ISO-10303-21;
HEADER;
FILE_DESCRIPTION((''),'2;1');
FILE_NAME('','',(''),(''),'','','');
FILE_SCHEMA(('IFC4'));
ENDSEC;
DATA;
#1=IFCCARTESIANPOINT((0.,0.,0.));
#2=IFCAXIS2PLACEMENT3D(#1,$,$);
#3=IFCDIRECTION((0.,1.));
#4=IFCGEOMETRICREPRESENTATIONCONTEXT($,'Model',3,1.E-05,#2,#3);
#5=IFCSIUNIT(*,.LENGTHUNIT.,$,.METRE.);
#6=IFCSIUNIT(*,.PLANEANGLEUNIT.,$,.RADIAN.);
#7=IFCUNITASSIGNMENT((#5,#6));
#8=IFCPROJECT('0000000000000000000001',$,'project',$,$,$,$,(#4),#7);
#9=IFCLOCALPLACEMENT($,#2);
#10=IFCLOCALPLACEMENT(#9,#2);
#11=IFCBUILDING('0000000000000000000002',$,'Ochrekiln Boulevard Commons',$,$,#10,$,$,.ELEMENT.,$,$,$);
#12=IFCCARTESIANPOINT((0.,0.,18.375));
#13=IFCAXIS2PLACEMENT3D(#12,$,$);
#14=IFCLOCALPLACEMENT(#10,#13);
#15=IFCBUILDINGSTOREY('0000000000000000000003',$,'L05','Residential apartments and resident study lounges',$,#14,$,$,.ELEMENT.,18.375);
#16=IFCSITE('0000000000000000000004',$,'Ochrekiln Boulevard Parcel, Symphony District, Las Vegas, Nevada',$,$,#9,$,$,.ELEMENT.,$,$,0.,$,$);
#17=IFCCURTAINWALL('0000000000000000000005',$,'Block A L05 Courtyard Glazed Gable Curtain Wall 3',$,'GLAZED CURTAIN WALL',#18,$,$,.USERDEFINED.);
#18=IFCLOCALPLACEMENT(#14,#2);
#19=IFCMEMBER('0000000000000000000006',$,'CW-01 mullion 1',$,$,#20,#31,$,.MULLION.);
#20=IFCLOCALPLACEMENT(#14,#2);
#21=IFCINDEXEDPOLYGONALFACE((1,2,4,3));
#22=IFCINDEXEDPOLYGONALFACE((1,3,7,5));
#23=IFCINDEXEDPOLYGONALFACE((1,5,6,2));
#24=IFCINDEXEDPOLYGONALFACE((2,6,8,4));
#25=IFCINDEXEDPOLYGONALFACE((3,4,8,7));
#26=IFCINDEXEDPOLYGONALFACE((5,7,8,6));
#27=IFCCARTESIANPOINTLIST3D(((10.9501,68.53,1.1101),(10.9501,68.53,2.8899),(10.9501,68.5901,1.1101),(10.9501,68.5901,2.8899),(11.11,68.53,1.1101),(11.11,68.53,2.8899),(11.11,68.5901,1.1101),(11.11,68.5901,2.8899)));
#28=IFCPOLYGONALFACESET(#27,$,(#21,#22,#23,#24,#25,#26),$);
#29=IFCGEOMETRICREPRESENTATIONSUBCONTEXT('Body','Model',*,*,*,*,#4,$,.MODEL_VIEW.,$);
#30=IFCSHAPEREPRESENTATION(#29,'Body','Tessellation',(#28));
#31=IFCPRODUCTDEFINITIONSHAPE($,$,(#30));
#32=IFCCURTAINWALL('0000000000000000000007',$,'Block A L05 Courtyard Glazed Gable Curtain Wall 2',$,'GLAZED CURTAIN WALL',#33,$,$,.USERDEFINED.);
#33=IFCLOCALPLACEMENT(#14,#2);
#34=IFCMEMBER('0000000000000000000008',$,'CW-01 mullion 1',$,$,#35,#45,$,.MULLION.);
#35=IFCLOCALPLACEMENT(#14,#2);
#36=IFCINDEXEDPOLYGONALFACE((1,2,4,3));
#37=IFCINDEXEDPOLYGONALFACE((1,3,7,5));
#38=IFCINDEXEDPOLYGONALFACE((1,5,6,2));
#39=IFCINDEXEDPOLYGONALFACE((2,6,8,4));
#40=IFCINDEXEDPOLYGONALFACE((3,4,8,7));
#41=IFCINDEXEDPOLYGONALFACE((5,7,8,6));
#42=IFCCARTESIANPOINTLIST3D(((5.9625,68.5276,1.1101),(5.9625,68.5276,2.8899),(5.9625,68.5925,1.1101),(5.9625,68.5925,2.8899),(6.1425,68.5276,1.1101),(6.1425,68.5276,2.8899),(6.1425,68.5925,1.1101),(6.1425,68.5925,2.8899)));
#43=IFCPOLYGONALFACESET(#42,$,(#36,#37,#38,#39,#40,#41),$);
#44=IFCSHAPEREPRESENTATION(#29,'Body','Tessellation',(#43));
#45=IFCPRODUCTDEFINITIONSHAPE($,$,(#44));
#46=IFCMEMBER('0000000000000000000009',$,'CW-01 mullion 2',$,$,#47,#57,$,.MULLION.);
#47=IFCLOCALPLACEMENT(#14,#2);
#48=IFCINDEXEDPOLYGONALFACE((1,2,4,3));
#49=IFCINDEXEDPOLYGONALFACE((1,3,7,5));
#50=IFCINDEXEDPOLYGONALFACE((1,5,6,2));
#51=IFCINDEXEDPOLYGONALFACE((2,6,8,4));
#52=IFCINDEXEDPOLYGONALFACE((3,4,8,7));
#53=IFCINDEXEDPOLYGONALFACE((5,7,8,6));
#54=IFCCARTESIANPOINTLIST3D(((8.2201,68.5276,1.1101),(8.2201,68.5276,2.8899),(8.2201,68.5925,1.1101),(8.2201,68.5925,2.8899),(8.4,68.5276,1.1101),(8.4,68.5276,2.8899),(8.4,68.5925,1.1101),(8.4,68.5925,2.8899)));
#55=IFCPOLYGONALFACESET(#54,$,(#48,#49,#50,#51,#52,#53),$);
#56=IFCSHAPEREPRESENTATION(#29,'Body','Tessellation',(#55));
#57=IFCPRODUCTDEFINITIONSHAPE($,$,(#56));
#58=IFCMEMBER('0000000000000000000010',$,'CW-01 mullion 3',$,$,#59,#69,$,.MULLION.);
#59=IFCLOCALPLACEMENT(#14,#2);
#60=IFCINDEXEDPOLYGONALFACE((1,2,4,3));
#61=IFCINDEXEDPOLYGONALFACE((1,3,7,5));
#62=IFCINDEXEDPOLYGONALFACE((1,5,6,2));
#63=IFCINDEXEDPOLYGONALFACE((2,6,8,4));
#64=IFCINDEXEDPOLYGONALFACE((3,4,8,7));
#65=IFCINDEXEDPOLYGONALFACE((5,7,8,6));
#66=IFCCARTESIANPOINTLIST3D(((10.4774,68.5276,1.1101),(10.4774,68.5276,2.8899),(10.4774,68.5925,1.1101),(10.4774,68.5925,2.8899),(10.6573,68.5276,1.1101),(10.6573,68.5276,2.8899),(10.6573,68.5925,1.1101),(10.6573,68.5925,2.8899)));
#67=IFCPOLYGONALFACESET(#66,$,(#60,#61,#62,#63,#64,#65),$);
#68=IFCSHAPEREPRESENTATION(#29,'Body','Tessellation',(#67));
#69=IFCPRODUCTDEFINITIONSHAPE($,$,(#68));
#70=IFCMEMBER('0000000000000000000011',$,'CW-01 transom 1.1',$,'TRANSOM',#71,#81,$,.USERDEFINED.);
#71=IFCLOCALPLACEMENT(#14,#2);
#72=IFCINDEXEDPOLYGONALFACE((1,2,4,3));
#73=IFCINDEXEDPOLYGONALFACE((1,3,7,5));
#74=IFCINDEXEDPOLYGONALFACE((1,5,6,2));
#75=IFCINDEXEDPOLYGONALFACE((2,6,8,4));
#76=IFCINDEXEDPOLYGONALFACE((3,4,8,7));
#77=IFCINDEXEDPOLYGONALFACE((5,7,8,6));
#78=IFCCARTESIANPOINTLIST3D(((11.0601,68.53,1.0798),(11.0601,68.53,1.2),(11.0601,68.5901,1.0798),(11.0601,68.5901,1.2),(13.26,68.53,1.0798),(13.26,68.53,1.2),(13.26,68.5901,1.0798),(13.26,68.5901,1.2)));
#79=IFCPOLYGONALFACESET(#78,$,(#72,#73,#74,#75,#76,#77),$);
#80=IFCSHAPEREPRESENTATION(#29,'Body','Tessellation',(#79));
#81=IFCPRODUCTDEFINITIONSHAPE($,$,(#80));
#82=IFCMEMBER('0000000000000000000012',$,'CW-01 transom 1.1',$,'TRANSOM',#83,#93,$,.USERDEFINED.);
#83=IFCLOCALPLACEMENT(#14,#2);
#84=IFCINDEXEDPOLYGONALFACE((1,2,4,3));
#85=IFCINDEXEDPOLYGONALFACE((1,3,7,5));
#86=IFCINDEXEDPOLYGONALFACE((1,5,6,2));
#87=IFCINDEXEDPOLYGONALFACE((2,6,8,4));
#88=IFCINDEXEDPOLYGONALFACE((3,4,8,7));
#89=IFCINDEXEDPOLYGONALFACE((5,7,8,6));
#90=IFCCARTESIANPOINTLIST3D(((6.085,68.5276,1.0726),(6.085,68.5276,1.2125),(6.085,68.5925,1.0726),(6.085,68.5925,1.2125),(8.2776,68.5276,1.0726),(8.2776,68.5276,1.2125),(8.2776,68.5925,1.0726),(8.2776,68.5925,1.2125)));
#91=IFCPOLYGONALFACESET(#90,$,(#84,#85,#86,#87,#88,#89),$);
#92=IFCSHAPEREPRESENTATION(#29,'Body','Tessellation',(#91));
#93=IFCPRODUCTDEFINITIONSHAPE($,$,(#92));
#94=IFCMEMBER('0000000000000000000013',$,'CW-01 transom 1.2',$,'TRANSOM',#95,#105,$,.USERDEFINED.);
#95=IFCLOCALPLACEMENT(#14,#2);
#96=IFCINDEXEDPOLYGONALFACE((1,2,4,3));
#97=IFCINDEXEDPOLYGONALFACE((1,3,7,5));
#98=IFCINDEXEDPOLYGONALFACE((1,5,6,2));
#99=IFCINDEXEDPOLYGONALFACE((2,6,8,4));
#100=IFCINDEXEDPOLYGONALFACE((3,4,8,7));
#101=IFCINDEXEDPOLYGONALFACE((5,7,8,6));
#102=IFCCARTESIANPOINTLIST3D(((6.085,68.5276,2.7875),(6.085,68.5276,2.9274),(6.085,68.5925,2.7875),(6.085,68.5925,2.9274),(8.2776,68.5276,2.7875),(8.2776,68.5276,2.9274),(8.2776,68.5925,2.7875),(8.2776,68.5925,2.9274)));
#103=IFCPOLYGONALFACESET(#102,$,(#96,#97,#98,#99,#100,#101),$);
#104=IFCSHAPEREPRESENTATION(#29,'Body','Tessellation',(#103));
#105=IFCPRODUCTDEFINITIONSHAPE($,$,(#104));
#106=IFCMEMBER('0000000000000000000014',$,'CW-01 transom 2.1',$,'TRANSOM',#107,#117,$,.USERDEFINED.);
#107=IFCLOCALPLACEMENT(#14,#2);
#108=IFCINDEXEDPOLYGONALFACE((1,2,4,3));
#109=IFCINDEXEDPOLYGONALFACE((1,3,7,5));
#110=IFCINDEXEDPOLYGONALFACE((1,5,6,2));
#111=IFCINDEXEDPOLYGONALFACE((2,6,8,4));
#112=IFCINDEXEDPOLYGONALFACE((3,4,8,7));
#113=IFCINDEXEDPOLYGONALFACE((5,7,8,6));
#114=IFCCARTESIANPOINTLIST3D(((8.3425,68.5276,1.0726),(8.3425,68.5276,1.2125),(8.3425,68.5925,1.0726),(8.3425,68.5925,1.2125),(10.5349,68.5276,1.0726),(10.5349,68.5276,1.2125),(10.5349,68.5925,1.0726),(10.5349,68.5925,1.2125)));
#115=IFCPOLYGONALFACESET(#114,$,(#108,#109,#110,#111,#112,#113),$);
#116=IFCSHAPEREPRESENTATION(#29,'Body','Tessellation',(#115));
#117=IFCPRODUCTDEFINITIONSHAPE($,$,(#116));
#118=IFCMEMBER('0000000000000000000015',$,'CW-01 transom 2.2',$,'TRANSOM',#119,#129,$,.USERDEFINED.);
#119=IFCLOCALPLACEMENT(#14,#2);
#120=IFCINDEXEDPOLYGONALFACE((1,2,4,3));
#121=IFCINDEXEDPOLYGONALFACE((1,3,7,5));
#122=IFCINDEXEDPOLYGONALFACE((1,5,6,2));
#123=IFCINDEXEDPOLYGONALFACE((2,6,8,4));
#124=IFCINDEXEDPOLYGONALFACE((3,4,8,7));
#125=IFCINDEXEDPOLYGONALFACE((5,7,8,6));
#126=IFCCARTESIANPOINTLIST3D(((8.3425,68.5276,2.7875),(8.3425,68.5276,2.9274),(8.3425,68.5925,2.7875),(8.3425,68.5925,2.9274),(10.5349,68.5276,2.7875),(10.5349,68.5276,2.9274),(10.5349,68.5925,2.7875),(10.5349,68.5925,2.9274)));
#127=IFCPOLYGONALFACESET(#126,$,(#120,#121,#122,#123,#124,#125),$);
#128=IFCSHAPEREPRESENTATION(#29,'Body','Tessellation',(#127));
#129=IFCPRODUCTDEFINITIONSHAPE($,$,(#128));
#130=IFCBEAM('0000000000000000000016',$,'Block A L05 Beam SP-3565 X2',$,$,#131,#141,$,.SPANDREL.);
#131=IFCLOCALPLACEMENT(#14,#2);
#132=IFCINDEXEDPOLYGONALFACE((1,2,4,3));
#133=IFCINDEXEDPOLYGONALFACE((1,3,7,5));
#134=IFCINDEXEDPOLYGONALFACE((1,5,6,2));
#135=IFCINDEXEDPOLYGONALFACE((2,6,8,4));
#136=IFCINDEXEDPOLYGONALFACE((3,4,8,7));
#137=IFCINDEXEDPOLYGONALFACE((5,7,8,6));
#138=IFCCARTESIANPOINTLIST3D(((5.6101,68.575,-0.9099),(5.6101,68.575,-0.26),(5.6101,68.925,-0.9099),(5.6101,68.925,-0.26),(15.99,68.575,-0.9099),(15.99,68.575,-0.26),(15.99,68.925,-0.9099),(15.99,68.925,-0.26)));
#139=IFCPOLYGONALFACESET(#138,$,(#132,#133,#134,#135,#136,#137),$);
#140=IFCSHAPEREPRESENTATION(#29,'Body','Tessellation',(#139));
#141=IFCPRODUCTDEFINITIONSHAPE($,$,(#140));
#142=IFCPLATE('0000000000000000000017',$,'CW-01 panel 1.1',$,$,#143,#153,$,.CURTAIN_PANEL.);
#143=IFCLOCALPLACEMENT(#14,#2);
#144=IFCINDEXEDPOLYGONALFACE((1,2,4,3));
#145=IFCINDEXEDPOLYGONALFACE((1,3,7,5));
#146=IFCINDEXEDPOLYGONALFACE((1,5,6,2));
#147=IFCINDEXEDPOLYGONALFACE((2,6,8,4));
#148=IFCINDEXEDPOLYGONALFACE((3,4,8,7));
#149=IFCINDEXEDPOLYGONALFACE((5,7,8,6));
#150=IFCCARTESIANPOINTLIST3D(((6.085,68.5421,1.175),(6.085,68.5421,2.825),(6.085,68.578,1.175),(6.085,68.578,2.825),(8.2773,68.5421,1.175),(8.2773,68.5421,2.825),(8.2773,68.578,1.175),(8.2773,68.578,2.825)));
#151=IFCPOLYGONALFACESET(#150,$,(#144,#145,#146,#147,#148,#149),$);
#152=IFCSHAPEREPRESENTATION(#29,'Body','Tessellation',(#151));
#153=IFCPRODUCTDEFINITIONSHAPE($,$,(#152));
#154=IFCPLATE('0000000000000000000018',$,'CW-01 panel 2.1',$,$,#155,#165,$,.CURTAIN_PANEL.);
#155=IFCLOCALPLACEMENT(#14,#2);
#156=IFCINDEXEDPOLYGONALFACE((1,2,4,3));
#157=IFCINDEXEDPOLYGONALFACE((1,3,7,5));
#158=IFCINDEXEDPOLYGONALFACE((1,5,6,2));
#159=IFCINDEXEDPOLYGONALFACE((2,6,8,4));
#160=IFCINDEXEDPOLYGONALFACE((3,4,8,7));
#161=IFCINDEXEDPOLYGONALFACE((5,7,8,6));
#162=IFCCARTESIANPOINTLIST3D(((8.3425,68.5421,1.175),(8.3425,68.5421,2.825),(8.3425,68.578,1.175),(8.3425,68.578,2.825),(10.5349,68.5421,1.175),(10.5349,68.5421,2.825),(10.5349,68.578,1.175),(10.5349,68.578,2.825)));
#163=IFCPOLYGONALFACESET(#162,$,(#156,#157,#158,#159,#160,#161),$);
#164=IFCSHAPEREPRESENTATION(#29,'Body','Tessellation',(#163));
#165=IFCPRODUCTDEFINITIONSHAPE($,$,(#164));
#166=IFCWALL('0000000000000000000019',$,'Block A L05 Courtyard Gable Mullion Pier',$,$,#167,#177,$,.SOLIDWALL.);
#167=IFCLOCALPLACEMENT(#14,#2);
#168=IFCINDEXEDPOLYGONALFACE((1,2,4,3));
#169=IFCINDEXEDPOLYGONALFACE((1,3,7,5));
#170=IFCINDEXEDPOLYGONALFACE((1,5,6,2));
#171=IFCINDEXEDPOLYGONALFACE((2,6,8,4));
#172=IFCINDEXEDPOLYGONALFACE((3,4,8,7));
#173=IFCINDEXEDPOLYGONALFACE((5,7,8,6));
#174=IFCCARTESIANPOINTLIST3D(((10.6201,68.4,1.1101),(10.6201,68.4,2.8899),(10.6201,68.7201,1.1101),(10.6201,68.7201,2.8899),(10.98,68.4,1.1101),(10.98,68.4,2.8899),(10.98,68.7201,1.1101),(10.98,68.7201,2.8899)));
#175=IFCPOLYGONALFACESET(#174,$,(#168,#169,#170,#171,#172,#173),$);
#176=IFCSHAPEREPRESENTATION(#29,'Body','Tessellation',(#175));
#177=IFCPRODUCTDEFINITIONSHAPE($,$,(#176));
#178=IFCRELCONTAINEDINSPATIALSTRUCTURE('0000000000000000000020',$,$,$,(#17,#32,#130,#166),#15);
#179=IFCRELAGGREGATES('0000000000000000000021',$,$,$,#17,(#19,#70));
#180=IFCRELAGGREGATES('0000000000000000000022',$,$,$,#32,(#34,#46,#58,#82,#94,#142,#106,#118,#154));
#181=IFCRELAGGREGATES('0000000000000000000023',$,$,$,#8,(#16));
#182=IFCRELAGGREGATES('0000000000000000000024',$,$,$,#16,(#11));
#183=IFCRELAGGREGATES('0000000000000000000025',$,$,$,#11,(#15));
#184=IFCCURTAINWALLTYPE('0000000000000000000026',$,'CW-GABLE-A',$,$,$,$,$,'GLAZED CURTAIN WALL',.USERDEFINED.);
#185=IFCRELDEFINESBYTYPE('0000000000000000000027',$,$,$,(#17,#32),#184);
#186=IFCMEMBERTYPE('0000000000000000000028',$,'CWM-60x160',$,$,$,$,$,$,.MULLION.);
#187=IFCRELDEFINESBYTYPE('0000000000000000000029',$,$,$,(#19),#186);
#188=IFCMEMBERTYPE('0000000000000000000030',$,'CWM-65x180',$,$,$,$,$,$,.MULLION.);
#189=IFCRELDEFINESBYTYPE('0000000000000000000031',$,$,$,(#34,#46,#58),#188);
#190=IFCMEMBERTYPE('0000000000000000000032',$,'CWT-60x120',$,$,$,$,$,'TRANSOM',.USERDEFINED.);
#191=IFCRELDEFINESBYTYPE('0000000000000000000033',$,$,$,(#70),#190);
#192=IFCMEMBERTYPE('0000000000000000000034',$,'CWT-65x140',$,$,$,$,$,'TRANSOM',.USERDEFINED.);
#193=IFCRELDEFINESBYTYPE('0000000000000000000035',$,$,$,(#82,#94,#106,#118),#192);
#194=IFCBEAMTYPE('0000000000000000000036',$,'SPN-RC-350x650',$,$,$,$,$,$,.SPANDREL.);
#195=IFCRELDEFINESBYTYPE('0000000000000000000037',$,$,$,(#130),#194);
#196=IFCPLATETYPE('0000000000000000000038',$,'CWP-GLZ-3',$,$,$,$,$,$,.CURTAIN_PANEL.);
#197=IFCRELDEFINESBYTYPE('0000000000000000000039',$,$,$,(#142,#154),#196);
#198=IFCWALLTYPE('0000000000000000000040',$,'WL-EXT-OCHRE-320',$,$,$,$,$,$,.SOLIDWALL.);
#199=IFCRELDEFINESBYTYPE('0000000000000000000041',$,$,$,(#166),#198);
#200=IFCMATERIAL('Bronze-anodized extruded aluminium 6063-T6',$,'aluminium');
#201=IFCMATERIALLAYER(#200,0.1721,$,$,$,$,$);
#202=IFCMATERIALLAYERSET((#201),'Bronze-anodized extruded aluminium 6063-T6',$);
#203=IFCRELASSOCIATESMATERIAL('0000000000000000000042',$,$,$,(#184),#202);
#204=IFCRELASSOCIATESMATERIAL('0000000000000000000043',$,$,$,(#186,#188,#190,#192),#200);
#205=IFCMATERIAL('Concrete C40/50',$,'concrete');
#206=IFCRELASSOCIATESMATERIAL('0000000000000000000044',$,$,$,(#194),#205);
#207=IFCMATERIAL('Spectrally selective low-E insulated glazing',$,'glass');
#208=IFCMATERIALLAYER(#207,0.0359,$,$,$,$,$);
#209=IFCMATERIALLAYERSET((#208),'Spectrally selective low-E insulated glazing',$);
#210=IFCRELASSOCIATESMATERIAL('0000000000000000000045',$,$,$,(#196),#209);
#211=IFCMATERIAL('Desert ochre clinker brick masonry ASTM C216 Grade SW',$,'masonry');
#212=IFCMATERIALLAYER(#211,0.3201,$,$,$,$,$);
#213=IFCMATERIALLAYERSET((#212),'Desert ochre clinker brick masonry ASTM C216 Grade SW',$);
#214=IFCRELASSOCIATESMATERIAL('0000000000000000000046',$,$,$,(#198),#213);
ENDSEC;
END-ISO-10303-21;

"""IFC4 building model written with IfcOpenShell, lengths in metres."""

from ifc_helpers import new_model, si_unit, direction, frame, frame_2d, origin, origin_2d, place, context, subcontext, project, spatial, rectangle, extrude, material, layer, layer_set, material_profile, profile_set, type_object, element, aggregate, save


model = new_model("IFC4")

# Units and contexts
model_context = context("Model", 3, precision=1e-05, world=origin(), true_north=direction((0.0, 1.0)))
body_context = subcontext(model_context, "Body", "Model", "MODEL_VIEW")
ifc_project = project(units=[si_unit("LENGTHUNIT", "METRE"), si_unit("PLANEANGLEUNIT", "RADIAN")], contexts=[model_context])

# Site, building, storey
site_placement = place(None, origin())
site = spatial("IfcSite", under=ifc_project, at=site_placement, Name="Ochrekiln Boulevard Parcel, Symphony District, Las Vegas, Nevada", CompositionType="ELEMENT", RefElevation=0.0)
building_placement = place(site_placement, origin())
building = spatial("IfcBuilding", under=site, at=building_placement, Name="Ochrekiln Boulevard Commons", CompositionType="ELEMENT")
storey_placement = place(building_placement, frame((0.0, 0.0, 18.375)))
storey = spatial("IfcBuildingStorey", under=building, at=storey_placement, Name="L05", Description="Residential apartments and resident study lounges", CompositionType="ELEMENT", Elevation=18.375)

# Curtain wall, member
ifc_material_1 = material(Name="Bronze-anodized extruded aluminium 6063-T6", Category="aluminium")
ifc_layer_1 = layer(ifc_material_1, 0.1721)
ifc_layer_set_1 = layer_set([ifc_layer_1], Name="Bronze-anodized extruded aluminium 6063-T6")
curtain_wall_type = type_object("IfcCurtainWallType", Name="CW-GABLE-A", ElementType="GLAZED CURTAIN WALL", PredefinedType="USERDEFINED", material=ifc_layer_set_1)
curtain_wall_1_placement = place(storey_placement, origin())
curtain_wall_1 = element("IfcCurtainWall", 1, at=curtain_wall_1_placement, inside=storey, type_object=curtain_wall_type, Name="Block A L05 Courtyard Glazed Gable Curtain Wall 3", ObjectType="GLAZED CURTAIN WALL", PredefinedType="USERDEFINED")
ifc_material_profile_1 = material_profile(ifc_material_1, rectangle(XDim=0.0601, YDim=0.1599, at=origin_2d()), Name="ALU-MUL-60x160")
ifc_profile_set_1 = profile_set([ifc_material_profile_1], Name="Bronze-anodized extruded aluminium 6063-T6")
member_type_1 = type_object("IfcMemberType", Name="CWM-60x160", PredefinedType="MULLION", material=ifc_profile_set_1)
member_1_placement = place(storey_placement, frame((11.03, 68.5601, 1.1101), z_axis=(0.0, 0.0, 1.0), x_axis=(0.0, 1.0, 0.0)))
member_1 = element("IfcMember", 2, at=member_1_placement, type_object=member_type_1, Name="CW-01 mullion 1", PredefinedType="MULLION", context=body_context, shape_type="SweptSolid", body=[
    extrude(rectangle(XDim=0.0601, YDim=0.1599, at=origin_2d()), origin(), (0.0, 0.0, 1.0), 1.7798),
])

# Curtain wall, members
curtain_wall_2_placement = place(storey_placement, origin())
curtain_wall_2 = element("IfcCurtainWall", 3, at=curtain_wall_2_placement, inside=storey, type_object=curtain_wall_type, Name="Block A L05 Courtyard Glazed Gable Curtain Wall 2", ObjectType="GLAZED CURTAIN WALL", PredefinedType="USERDEFINED")
ifc_material_profile_2 = material_profile(ifc_material_1, rectangle(XDim=0.0649, YDim=0.1799, at=origin_2d()), Name="ALU-MUL-65x180")
ifc_profile_set_2 = profile_set([ifc_material_profile_2], Name="Bronze-anodized extruded aluminium 6063-T6")
member_type_2 = type_object("IfcMemberType", Name="CWM-65x180", PredefinedType="MULLION", material=ifc_profile_set_2)
member_2_placement = place(storey_placement, frame((6.0525, 68.5601, 1.1101), z_axis=(0.0, 0.0, 1.0), x_axis=(0.0, 1.0, 0.0)))
member_2 = element("IfcMember", 4, at=member_2_placement, type_object=member_type_2, Name="CW-01 mullion 1", PredefinedType="MULLION", context=body_context, shape_type="SweptSolid", body=[
    extrude(rectangle(XDim=0.0649, YDim=0.1799, at=origin_2d()), origin(), (0.0, 0.0, 1.0), 1.7798),
])
member_3_placement = place(storey_placement, frame((8.3101, 68.5601, 1.1101), z_axis=(0.0, 0.0, 1.0), x_axis=(0.0, 1.0, 0.0)))
member_3 = element("IfcMember", 5, at=member_3_placement, type_object=member_type_2, Name="CW-01 mullion 2", PredefinedType="MULLION", context=body_context, shape_type="SweptSolid", body=[
    extrude(rectangle(XDim=0.0649, YDim=0.1799, at=origin_2d()), origin(), (0.0, 0.0, 1.0), 1.7798),
])
member_4_placement = place(storey_placement, frame((10.5674, 68.5601, 1.1101), z_axis=(0.0, 0.0, 1.0), x_axis=(0.0, 1.0, 0.0)))
member_4 = element("IfcMember", 6, at=member_4_placement, type_object=member_type_2, Name="CW-01 mullion 3", PredefinedType="MULLION", context=body_context, shape_type="SweptSolid", body=[
    extrude(rectangle(XDim=0.0649, YDim=0.1799, at=origin_2d()), origin(), (0.0, 0.0, 1.0), 1.7798),
])

# Members
ifc_material_profile_3 = material_profile(ifc_material_1, rectangle(XDim=0.0601, YDim=0.1201, at=origin_2d()), Name="ALU-TRN-60x120")
ifc_profile_set_3 = profile_set([ifc_material_profile_3], Name="Bronze-anodized extruded aluminium 6063-T6")
member_type_3 = type_object("IfcMemberType", Name="CWT-60x120", ElementType="TRANSOM", PredefinedType="USERDEFINED", material=ifc_profile_set_3)
member_5_placement = place(storey_placement, frame((11.0601, 68.5601, 1.1399), z_axis=(1.0, 0.0, 0.0), x_axis=(0.0, 1.0, 0.0)))
member_5 = element("IfcMember", 7, at=member_5_placement, type_object=member_type_3, Name="CW-01 transom 1.1", ObjectType="TRANSOM", PredefinedType="USERDEFINED", context=body_context, shape_type="SweptSolid", body=[
    extrude(rectangle(XDim=0.0601, YDim=0.1201, at=origin_2d()), origin(), (0.0, 0.0, 1.0), 2.2),
])
aggregate(curtain_wall_1, [member_1, member_5])
ifc_material_profile_4 = material_profile(ifc_material_1, rectangle(XDim=0.0649, YDim=0.1399, at=origin_2d()), Name="ALU-TRN-65x140")
ifc_profile_set_4 = profile_set([ifc_material_profile_4], Name="Bronze-anodized extruded aluminium 6063-T6")
member_type_4 = type_object("IfcMemberType", Name="CWT-65x140", ElementType="TRANSOM", PredefinedType="USERDEFINED", material=ifc_profile_set_4)
member_6_placement = place(storey_placement, frame((6.085, 68.5601, 1.1426), z_axis=(1.0, 0.0, 0.0), x_axis=(0.0, 1.0, 0.0)))
member_6 = element("IfcMember", 8, at=member_6_placement, type_object=member_type_4, Name="CW-01 transom 1.1", ObjectType="TRANSOM", PredefinedType="USERDEFINED", context=body_context, shape_type="SweptSolid", body=[
    extrude(rectangle(XDim=0.0649, YDim=0.1399, at=origin_2d()), origin(), (0.0, 0.0, 1.0), 2.1926),
])
member_7_placement = place(storey_placement, frame((6.085, 68.5601, 2.8574), z_axis=(1.0, 0.0, 0.0), x_axis=(0.0, 1.0, 0.0)))
member_7 = element("IfcMember", 9, at=member_7_placement, type_object=member_type_4, Name="CW-01 transom 1.2", ObjectType="TRANSOM", PredefinedType="USERDEFINED", context=body_context, shape_type="SweptSolid", body=[
    extrude(rectangle(XDim=0.0649, YDim=0.1399, at=origin_2d()), origin(), (0.0, 0.0, 1.0), 2.1926),
])
member_8_placement = place(storey_placement, frame((8.3425, 68.5601, 1.1426), z_axis=(1.0, 0.0, 0.0), x_axis=(0.0, 1.0, 0.0)))
member_8 = element("IfcMember", 10, at=member_8_placement, type_object=member_type_4, Name="CW-01 transom 2.1", ObjectType="TRANSOM", PredefinedType="USERDEFINED", context=body_context, shape_type="SweptSolid", body=[
    extrude(rectangle(XDim=0.0649, YDim=0.1399, at=origin_2d()), origin(), (0.0, 0.0, 1.0), 2.1924),
])
member_9_placement = place(storey_placement, frame((8.3425, 68.5601, 2.8574), z_axis=(1.0, 0.0, 0.0), x_axis=(0.0, 1.0, 0.0)))
member_9 = element("IfcMember", 11, at=member_9_placement, type_object=member_type_4, Name="CW-01 transom 2.2", ObjectType="TRANSOM", PredefinedType="USERDEFINED", context=body_context, shape_type="SweptSolid", body=[
    extrude(rectangle(XDim=0.0649, YDim=0.1399, at=origin_2d()), origin(), (0.0, 0.0, 1.0), 2.1924),
])

# Beam
ifc_material_2 = material(Name="Concrete C40/50", Category="concrete")
ifc_material_profile_5 = material_profile(ifc_material_2, rectangle(XDim=0.3501, YDim=0.6499, at=origin_2d()), Name="RC-SPN-350x650")
ifc_profile_set_5 = profile_set([ifc_material_profile_5], Name="Concrete C40/50")
beam_type = type_object("IfcBeamType", Name="SPN-RC-350x650", PredefinedType="SPANDREL", material=ifc_profile_set_5)
beam_placement = place(storey_placement, frame((5.6101, 68.75, -0.585), z_axis=(1.0, 0.0, 0.0), x_axis=(0.0, 1.0, 0.0)))
element("IfcBeam", 12, at=beam_placement, inside=storey, type_object=beam_type, Name="Block A L05 Beam SP-3565 X2", PredefinedType="SPANDREL", context=body_context, shape_type="SweptSolid", body=[
    extrude(rectangle(XDim=0.3501, YDim=0.6499, at=origin_2d()), origin(), (0.0, 0.0, 1.0), 10.3799),
])

# Plates
ifc_material_3 = material(Name="Spectrally selective low-E insulated glazing", Category="glass")
ifc_layer_2 = layer(ifc_material_3, 0.0359)
ifc_layer_set_2 = layer_set([ifc_layer_2], Name="Spectrally selective low-E insulated glazing")
plate_type = type_object("IfcPlateType", Name="CWP-GLZ-3", PredefinedType="CURTAIN_PANEL", material=ifc_layer_set_2)
plate_1_placement = place(storey_placement, frame((7.1812, 68.5601, 1.175), z_axis=(0.0, 0.0, 1.0), x_axis=(1.0, 0.0, 0.0)))
plate_1 = element("IfcPlate", 13, at=plate_1_placement, type_object=plate_type, Name="CW-01 panel 1.1", PredefinedType="CURTAIN_PANEL", context=body_context, shape_type="SweptSolid", body=[
    extrude(rectangle(XDim=2.1924, YDim=0.0359, at=origin_2d()), origin(), (0.0, 0.0, 1.0), 1.6499),
])
plate_2_placement = place(storey_placement, frame((9.4387, 68.5601, 1.175), z_axis=(0.0, 0.0, 1.0), x_axis=(1.0, 0.0, 0.0)))
plate_2 = element("IfcPlate", 14, at=plate_2_placement, type_object=plate_type, Name="CW-01 panel 2.1", PredefinedType="CURTAIN_PANEL", context=body_context, shape_type="SweptSolid", body=[
    extrude(rectangle(XDim=2.1924, YDim=0.0359, at=origin_2d()), origin(), (0.0, 0.0, 1.0), 1.6499),
])
aggregate(curtain_wall_2, [member_2, member_3, member_4, member_6, member_7, plate_1, member_8, member_9, plate_2])

# Wall
ifc_material_4 = material(Name="Desert ochre clinker brick masonry ASTM C216 Grade SW", Category="masonry")
ifc_layer_3 = layer(ifc_material_4, 0.3201)
ifc_layer_set_3 = layer_set([ifc_layer_3], Name="Desert ochre clinker brick masonry ASTM C216 Grade SW")
wall_type_1 = type_object("IfcWallType", Name="WL-EXT-OCHRE-320", PredefinedType="SOLIDWALL", material=ifc_layer_set_3)
wall_1_placement = place(storey_placement, frame((10.6201, 68.5601, 1.1101), z_axis=(0.0, 0.0, 1.0), x_axis=(1.0, 0.0, 0.0)))
element("IfcWall", 15, at=wall_1_placement, inside=storey, type_object=wall_type_1, Name="Block A L05 Courtyard Gable Mullion Pier", PredefinedType="SOLIDWALL", context=body_context, shape_type="SweptSolid", body=[
    extrude(rectangle(XDim=0.3599, YDim=0.3201, at=frame_2d((0.1799, 0.0))), origin(), (0.0, 0.0, 1.0), 1.7798),
])

save(model, "model.ifc")
